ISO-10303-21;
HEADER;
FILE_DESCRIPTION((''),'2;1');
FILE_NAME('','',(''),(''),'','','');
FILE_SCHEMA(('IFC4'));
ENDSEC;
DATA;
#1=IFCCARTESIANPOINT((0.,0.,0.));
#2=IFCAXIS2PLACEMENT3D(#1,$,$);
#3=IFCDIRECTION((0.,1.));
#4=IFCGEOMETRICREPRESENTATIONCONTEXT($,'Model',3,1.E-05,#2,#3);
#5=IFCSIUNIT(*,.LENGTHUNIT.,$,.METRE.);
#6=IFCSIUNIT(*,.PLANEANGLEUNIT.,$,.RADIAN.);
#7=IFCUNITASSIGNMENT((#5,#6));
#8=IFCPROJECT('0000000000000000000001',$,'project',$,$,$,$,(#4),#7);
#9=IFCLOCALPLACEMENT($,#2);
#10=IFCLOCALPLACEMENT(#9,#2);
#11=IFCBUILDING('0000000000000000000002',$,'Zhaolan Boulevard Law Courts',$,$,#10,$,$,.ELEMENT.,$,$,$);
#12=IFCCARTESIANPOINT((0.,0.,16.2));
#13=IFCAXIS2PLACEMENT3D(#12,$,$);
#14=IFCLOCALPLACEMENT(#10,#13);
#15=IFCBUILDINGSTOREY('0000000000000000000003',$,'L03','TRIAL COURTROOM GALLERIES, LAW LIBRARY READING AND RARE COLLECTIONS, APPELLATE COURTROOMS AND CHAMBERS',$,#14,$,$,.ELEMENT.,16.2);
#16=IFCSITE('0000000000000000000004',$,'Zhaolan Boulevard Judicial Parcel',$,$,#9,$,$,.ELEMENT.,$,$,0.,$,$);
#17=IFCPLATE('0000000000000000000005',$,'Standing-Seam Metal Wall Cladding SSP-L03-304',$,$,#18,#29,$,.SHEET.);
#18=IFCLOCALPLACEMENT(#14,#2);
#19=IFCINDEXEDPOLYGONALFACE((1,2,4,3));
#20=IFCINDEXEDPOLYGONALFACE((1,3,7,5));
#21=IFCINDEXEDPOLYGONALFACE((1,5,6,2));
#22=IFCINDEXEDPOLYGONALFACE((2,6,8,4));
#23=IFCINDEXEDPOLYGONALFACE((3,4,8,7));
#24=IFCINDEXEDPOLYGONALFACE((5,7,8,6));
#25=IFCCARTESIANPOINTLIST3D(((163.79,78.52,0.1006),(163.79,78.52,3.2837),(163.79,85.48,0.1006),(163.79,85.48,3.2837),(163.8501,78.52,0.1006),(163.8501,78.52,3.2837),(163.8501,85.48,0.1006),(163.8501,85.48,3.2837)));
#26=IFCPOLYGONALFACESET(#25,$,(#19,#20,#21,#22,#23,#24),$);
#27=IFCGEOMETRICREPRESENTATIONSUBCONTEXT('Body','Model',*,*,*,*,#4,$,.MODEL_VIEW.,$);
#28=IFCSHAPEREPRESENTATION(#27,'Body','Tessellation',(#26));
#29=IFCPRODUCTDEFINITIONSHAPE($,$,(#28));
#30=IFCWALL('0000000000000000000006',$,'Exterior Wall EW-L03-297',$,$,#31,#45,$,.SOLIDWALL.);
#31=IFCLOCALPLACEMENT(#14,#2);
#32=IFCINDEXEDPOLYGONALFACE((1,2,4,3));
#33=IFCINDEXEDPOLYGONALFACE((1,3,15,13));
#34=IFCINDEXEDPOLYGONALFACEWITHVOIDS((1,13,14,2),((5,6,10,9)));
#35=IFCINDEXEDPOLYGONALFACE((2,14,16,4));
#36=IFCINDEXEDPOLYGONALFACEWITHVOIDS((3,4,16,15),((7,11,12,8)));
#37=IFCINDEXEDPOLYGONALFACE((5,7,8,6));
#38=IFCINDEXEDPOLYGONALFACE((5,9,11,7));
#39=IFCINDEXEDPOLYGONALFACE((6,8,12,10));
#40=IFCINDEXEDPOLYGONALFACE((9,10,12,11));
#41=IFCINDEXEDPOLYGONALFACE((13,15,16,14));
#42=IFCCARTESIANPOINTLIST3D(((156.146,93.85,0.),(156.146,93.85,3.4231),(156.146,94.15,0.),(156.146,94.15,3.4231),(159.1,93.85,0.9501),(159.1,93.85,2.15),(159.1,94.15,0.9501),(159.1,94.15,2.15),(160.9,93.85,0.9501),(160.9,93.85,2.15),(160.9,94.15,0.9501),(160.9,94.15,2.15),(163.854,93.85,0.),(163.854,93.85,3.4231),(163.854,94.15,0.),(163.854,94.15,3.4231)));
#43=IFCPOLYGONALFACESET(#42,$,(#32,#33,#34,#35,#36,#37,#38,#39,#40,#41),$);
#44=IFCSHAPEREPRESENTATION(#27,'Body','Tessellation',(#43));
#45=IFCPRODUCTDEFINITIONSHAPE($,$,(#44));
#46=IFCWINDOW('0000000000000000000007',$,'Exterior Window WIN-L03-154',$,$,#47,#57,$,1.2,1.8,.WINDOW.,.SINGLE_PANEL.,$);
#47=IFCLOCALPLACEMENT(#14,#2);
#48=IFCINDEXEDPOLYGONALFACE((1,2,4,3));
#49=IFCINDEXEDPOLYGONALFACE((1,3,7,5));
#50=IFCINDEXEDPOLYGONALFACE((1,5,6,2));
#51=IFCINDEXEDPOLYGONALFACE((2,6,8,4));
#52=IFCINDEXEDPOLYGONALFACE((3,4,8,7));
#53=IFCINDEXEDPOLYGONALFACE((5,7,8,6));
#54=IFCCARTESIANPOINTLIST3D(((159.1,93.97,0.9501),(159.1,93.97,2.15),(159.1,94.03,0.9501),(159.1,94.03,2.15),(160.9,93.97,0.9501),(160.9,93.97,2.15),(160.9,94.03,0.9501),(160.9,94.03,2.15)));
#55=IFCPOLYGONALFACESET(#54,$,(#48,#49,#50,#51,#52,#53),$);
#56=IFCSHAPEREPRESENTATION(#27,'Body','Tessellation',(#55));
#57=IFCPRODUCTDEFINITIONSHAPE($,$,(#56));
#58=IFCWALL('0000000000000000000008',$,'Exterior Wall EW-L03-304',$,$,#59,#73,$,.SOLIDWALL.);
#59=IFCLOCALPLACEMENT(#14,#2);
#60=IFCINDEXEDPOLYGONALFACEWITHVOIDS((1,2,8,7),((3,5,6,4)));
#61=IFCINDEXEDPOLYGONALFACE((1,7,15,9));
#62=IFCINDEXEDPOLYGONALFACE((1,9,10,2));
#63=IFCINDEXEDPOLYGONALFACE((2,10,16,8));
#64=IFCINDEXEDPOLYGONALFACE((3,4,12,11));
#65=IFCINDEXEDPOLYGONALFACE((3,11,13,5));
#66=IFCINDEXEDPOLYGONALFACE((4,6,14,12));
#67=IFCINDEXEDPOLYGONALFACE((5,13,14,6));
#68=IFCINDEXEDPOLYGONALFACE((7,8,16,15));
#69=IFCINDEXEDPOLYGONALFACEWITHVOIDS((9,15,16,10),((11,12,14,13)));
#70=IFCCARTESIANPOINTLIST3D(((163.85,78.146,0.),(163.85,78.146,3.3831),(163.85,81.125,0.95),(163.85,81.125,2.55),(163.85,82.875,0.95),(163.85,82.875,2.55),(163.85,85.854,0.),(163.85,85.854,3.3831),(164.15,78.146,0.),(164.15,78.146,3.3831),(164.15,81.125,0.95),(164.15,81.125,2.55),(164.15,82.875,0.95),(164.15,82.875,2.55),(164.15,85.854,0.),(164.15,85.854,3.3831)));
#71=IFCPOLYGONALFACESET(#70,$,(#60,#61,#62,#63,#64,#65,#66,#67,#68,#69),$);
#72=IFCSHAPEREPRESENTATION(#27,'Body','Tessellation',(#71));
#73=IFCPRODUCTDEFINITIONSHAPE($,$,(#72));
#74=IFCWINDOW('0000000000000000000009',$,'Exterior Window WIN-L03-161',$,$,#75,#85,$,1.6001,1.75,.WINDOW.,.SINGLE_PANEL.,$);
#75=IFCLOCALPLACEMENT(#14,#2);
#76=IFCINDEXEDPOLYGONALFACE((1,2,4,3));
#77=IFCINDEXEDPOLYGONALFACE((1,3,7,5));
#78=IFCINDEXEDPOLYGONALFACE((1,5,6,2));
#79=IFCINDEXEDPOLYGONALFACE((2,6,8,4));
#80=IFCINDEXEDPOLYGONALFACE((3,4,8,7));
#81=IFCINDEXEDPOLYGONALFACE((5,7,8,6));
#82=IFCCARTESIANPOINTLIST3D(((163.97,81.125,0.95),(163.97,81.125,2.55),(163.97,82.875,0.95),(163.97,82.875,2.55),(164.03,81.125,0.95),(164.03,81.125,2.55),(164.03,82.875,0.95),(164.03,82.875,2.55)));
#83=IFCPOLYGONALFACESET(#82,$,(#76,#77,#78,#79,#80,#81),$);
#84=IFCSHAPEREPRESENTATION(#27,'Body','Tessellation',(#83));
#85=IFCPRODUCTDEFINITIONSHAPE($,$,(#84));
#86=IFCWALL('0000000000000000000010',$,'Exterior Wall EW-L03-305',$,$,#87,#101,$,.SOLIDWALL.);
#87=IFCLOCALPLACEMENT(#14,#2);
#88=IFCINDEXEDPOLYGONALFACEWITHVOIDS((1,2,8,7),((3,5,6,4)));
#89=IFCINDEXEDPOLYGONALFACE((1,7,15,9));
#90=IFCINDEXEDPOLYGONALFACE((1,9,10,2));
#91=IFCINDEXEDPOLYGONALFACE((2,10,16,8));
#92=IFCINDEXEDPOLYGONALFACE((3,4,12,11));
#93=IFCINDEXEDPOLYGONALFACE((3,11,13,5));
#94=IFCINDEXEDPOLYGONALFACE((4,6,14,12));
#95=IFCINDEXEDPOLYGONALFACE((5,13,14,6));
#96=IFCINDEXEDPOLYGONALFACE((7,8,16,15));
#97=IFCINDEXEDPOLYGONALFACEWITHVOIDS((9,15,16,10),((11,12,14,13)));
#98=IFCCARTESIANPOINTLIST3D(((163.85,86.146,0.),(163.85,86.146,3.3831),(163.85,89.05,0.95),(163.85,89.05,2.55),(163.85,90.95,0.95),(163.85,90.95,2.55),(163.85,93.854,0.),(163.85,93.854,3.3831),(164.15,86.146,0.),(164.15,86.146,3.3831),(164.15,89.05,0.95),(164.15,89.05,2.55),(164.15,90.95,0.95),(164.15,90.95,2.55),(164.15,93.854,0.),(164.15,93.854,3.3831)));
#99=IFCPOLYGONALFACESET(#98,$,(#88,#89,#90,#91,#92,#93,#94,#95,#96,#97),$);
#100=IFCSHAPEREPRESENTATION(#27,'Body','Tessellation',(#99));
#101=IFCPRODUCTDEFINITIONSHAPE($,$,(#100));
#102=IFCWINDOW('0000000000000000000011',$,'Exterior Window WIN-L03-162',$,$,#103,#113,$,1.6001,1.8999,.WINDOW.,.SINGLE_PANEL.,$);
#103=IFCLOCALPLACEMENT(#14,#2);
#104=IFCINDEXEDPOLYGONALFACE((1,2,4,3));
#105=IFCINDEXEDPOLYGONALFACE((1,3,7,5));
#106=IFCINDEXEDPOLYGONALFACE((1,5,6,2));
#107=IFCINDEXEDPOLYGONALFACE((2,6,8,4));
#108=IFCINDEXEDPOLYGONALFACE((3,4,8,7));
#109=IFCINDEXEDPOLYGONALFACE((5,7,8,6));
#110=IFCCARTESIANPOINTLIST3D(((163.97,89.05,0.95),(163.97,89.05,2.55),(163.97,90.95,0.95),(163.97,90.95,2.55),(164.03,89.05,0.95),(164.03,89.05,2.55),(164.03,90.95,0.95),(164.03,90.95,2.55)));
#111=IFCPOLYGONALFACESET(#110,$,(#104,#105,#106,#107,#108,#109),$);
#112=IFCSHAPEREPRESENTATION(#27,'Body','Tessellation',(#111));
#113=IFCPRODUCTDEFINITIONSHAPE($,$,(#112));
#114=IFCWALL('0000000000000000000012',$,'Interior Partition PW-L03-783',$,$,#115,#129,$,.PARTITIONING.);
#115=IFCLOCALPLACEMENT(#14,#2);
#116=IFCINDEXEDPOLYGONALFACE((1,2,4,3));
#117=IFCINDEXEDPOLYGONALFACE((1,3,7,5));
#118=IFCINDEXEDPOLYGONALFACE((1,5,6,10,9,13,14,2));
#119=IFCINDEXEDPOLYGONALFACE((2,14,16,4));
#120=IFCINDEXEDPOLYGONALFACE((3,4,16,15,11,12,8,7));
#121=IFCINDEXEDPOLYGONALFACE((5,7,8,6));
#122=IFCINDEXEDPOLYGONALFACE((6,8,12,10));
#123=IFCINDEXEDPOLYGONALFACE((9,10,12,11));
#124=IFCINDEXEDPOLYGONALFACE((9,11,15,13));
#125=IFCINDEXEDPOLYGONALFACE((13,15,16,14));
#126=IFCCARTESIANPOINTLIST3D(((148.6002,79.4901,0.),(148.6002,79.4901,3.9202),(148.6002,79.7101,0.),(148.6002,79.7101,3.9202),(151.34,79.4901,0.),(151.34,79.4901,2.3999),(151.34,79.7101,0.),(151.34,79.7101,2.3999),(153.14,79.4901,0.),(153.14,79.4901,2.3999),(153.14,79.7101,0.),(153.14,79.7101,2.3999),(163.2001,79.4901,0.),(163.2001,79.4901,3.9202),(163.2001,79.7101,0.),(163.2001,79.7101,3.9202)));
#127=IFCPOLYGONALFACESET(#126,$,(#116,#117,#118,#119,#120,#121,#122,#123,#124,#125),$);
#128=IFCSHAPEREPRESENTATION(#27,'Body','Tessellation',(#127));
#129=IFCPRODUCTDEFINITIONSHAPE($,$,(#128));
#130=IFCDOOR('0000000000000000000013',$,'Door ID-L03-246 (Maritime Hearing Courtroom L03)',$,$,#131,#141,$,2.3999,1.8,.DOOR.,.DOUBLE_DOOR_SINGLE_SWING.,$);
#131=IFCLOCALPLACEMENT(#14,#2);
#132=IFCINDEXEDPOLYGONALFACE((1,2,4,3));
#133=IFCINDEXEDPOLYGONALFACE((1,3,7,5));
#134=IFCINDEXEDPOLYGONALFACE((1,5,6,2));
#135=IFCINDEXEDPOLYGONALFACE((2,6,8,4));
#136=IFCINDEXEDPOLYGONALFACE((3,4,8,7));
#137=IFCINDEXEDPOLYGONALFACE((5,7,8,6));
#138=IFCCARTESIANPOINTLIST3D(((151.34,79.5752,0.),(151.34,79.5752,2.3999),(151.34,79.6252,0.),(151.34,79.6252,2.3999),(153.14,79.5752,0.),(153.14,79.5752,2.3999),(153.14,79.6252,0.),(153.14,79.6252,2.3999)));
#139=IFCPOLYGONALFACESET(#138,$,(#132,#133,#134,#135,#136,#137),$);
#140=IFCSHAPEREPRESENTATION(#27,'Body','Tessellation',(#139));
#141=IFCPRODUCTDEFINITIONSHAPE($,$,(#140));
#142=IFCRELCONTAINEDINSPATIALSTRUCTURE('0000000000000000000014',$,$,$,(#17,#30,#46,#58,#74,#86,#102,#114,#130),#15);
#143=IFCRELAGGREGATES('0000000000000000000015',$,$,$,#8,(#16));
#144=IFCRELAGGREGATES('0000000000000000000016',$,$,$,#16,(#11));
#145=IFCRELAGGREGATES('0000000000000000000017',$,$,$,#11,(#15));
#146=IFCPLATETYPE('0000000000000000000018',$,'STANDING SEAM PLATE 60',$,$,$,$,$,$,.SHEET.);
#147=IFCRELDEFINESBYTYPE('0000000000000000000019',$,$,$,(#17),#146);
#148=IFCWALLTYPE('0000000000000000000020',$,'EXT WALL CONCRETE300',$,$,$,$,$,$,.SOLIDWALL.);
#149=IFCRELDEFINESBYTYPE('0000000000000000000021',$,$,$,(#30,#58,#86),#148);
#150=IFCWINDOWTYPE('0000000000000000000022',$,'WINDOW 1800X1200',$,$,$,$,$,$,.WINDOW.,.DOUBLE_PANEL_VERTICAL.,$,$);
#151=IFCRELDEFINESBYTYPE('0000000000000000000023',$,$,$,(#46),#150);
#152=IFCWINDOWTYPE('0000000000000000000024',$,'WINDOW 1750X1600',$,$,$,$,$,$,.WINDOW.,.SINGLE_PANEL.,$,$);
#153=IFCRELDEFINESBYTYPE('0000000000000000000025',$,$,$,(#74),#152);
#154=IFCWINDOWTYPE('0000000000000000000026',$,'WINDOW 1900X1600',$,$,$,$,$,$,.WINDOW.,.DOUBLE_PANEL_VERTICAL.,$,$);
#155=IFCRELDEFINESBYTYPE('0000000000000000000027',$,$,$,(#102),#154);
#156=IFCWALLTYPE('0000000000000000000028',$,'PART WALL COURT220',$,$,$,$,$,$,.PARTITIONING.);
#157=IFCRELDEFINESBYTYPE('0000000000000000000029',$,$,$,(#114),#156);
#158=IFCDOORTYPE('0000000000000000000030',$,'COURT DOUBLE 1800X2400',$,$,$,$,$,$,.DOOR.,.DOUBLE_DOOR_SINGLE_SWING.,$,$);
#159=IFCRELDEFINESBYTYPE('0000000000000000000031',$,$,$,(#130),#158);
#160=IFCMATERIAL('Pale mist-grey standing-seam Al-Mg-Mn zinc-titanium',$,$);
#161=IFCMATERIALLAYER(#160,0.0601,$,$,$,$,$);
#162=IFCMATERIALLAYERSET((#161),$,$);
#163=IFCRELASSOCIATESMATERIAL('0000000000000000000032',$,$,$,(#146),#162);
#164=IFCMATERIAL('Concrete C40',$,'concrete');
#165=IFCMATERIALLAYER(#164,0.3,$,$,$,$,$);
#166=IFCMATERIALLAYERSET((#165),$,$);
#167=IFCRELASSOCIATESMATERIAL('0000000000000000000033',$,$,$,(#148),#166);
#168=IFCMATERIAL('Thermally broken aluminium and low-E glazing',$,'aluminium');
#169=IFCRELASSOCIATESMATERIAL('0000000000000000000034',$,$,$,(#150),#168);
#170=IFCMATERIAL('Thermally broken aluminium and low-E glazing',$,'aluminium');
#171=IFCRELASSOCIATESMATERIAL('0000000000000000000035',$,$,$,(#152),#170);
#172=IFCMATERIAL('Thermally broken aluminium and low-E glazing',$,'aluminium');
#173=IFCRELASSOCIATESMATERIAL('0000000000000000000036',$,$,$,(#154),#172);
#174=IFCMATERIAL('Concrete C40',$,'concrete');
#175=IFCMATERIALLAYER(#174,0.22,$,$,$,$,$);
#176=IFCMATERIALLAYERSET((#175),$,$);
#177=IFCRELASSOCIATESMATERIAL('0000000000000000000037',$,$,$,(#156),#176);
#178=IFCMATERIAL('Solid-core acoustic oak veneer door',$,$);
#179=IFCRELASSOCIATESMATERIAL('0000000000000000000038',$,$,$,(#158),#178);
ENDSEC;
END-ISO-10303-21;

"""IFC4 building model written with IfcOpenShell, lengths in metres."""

from ifc_helpers import new_model, si_unit, direction, frame, frame_2d, origin, origin_2d, place, context, subcontext, project, spatial, rectangle, extrude, material, layer, layer_set, type_object, element, fill, save


model = new_model("IFC4")

# Units and contexts
model_context = context("Model", 3, precision=1e-05, world=origin(), true_north=direction((0.0, 1.0)))
body_context = subcontext(model_context, "Body", "Model", "MODEL_VIEW")
ifc_project = project(units=[si_unit("LENGTHUNIT", "METRE"), si_unit("PLANEANGLEUNIT", "RADIAN")], contexts=[model_context])

# Site, building, storey
site_placement = place(None, origin())
site = spatial("IfcSite", under=ifc_project, at=site_placement, Name="Zhaolan Boulevard Judicial Parcel", CompositionType="ELEMENT", RefElevation=0.0)
building_placement = place(site_placement, origin())
building = spatial("IfcBuilding", under=site, at=building_placement, Name="Zhaolan Boulevard Law Courts", CompositionType="ELEMENT")
storey_placement = place(building_placement, frame((0.0, 0.0, 16.2)))
storey = spatial("IfcBuildingStorey", under=building, at=storey_placement, Name="L03", Description="TRIAL COURTROOM GALLERIES, LAW LIBRARY READING AND RARE COLLECTIONS, APPELLATE COURTROOMS AND CHAMBERS", CompositionType="ELEMENT", Elevation=16.2)

# Plate
ifc_material_1 = material(Name="Pale mist-grey standing-seam Al-Mg-Mn zinc-titanium")
ifc_layer_1 = layer(ifc_material_1, 0.0601)
ifc_layer_set_1 = layer_set([ifc_layer_1])
plate_type_1 = type_object("IfcPlateType", Name="STANDING SEAM PLATE 60", PredefinedType="SHEET", material=ifc_layer_set_1)
plate_placement = place(storey_placement, frame((163.8201, 82.0, 0.1006), z_axis=(0.0, 0.0, 1.0), x_axis=(0.0, 1.0, 0.0)))
element("IfcPlate", 1, at=plate_placement, inside=storey, type_object=plate_type_1, Name="Standing-Seam Metal Wall Cladding SSP-L03-304", PredefinedType="SHEET", context=body_context, shape_type="SweptSolid", body=[
    extrude(rectangle(XDim=6.96, YDim=0.0601, at=origin_2d()), origin(), (0.0, 0.0, 1.0), 3.1831),
])

# Walls, openings, windows
ifc_material_2 = material(Name="Concrete C40", Category="concrete")
ifc_layer_2 = layer(ifc_material_2, 0.3)
ifc_layer_set_2 = layer_set([ifc_layer_2])
wall_type_1 = type_object("IfcWallType", Name="EXT WALL CONCRETE300", PredefinedType="SOLIDWALL", material=ifc_layer_set_2)
wall_1_placement = place(storey_placement, frame((163.854, 94.0, 0.0), z_axis=(0.0, 0.0, 1.0), x_axis=(-1.0, 0.0, 0.0)))
wall_1 = element("IfcWall", 2, at=wall_1_placement, inside=storey, type_object=wall_type_1, Name="Exterior Wall EW-L03-297", PredefinedType="SOLIDWALL", context=body_context, shape_type="SweptSolid", body=[
    extrude(rectangle(XDim=7.708, YDim=0.3, at=frame_2d((3.854, 0.0))), origin(), (0.0, 0.0, 1.0), 3.4231),
])
opening_1_placement = place(wall_1_placement, frame((2.9541, 0.0, 0.95)))
opening_1 = element("IfcOpeningElement", 3, at=opening_1_placement, cuts=wall_1, PredefinedType="OPENING", context=body_context, shape_type="SweptSolid", body=[
    extrude(rectangle(XDim=1.8, YDim=1.2, at=frame_2d((0.8999, 0.6001))), frame((0.0, 0.1599, 0.0), z_axis=(0.0, -1.0, 0.0), x_axis=(1.0, 0.0, 0.0)), (0.0, 0.0, 1.0), 0.3201),
])
ifc_material_3 = material(Name="Thermally broken aluminium and low-E glazing", Category="aluminium")
window_type_1 = type_object("IfcWindowType", Name="WINDOW 1800X1200", PartitioningType="DOUBLE_PANEL_VERTICAL", PredefinedType="WINDOW", material=ifc_material_3)
window_1_placement = place(opening_1_placement, origin())
window_1 = element("IfcWindow", 4, at=window_1_placement, inside=storey, type_object=window_type_1, Name="Exterior Window WIN-L03-154", OverallHeight=1.2, OverallWidth=1.8, PartitioningType="SINGLE_PANEL", PredefinedType="WINDOW", context=body_context, shape_type="SweptSolid", body=[
    extrude(rectangle(XDim=1.8, YDim=1.2, at=frame_2d((0.8999, 0.6001))), frame((0.0, 0.03, 0.0), z_axis=(0.0, -1.0, 0.0), x_axis=(1.0, 0.0, 0.0)), (0.0, 0.0, 1.0), 0.0601),
])
fill(opening_1, window_1)
wall_2_placement = place(storey_placement, frame((164.0, 78.146, 0.0), z_axis=(0.0, 0.0, 1.0), x_axis=(0.0, 1.0, 0.0)))
wall_2 = element("IfcWall", 5, at=wall_2_placement, inside=storey, type_object=wall_type_1, Name="Exterior Wall EW-L03-304", PredefinedType="SOLIDWALL", context=body_context, shape_type="SweptSolid", body=[
    extrude(rectangle(XDim=7.708, YDim=0.3, at=frame_2d((3.854, 0.0))), origin(), (0.0, 0.0, 1.0), 3.3831),
])
opening_2_placement = place(wall_2_placement, frame((2.979, 0.0, 0.95)))
opening_2 = element("IfcOpeningElement", 6, at=opening_2_placement, cuts=wall_2, PredefinedType="OPENING", context=body_context, shape_type="SweptSolid", body=[
    extrude(rectangle(XDim=1.75, YDim=1.6001, at=frame_2d((0.875, 0.8))), frame((0.0, 0.1599, 0.0), z_axis=(0.0, -1.0, 0.0), x_axis=(1.0, 0.0, 0.0)), (0.0, 0.0, 1.0), 0.3201),
])
ifc_material_4 = material(Name="Thermally broken aluminium and low-E glazing", Category="aluminium")
window_type_2 = type_object("IfcWindowType", Name="WINDOW 1750X1600", PartitioningType="SINGLE_PANEL", PredefinedType="WINDOW", material=ifc_material_4)
window_2_placement = place(opening_2_placement, origin())
window_2 = element("IfcWindow", 7, at=window_2_placement, inside=storey, type_object=window_type_2, Name="Exterior Window WIN-L03-161", OverallHeight=1.6001, OverallWidth=1.75, PartitioningType="SINGLE_PANEL", PredefinedType="WINDOW", context=body_context, shape_type="SweptSolid", body=[
    extrude(rectangle(XDim=1.75, YDim=1.6001, at=frame_2d((0.875, 0.8))), frame((0.0, 0.03, 0.0), z_axis=(0.0, -1.0, 0.0), x_axis=(1.0, 0.0, 0.0)), (0.0, 0.0, 1.0), 0.0601),
])
fill(opening_2, window_2)
wall_3_placement = place(storey_placement, frame((164.0, 86.146, 0.0), z_axis=(0.0, 0.0, 1.0), x_axis=(0.0, 1.0, 0.0)))
wall_3 = element("IfcWall", 8, at=wall_3_placement, inside=storey, type_object=wall_type_1, Name="Exterior Wall EW-L03-305", PredefinedType="SOLIDWALL", context=body_context, shape_type="SweptSolid", body=[
    extrude(rectangle(XDim=7.708, YDim=0.3, at=frame_2d((3.854, 0.0))), origin(), (0.0, 0.0, 1.0), 3.3831),
])
opening_3_placement = place(wall_3_placement, frame((2.9041, 0.0, 0.95)))
opening_3 = element("IfcOpeningElement", 9, at=opening_3_placement, cuts=wall_3, PredefinedType="OPENING", context=body_context, shape_type="SweptSolid", body=[
    extrude(rectangle(XDim=1.8999, YDim=1.6001, at=frame_2d((0.95, 0.8))), frame((0.0, 0.1599, 0.0), z_axis=(0.0, -1.0, 0.0), x_axis=(1.0, 0.0, 0.0)), (0.0, 0.0, 1.0), 0.3201),
])
ifc_material_5 = material(Name="Thermally broken aluminium and low-E glazing", Category="aluminium")
window_type_3 = type_object("IfcWindowType", Name="WINDOW 1900X1600", PartitioningType="DOUBLE_PANEL_VERTICAL", PredefinedType="WINDOW", material=ifc_material_5)
window_3_placement = place(opening_3_placement, origin())
window_3 = element("IfcWindow", 10, at=window_3_placement, inside=storey, type_object=window_type_3, Name="Exterior Window WIN-L03-162", OverallHeight=1.6001, OverallWidth=1.8999, PartitioningType="SINGLE_PANEL", PredefinedType="WINDOW", context=body_context, shape_type="SweptSolid", body=[
    extrude(rectangle(XDim=1.8999, YDim=1.6001, at=frame_2d((0.95, 0.8))), frame((0.0, 0.03, 0.0), z_axis=(0.0, -1.0, 0.0), x_axis=(1.0, 0.0, 0.0)), (0.0, 0.0, 1.0), 0.0601),
])
fill(opening_3, window_3)

# Wall, opening, door
ifc_material_6 = material(Name="Concrete C40", Category="concrete")
ifc_layer_3 = layer(ifc_material_6, 0.22)
ifc_layer_set_3 = layer_set([ifc_layer_3])
wall_type_2 = type_object("IfcWallType", Name="PART WALL COURT220", PredefinedType="PARTITIONING", material=ifc_layer_set_3)
wall_4_placement = place(storey_placement, frame((163.2, 79.6001, 0.0), z_axis=(0.0, 0.0, 1.0), x_axis=(-1.0, 0.0, 0.0)))
wall_4 = element("IfcWall", 11, at=wall_4_placement, inside=storey, type_object=wall_type_2, Name="Interior Partition PW-L03-783", PredefinedType="PARTITIONING", context=body_context, shape_type="SweptSolid", body=[
    extrude(rectangle(XDim=14.5999, YDim=0.22, at=frame_2d((7.2998, 0.0))), origin(), (0.0, 0.0, 1.0), 3.9202),
])
opening_4_placement = place(wall_4_placement, frame((10.0601, 0.0, 0.0)))
opening_4 = element("IfcOpeningElement", 12, at=opening_4_placement, cuts=wall_4, PredefinedType="OPENING", context=body_context, shape_type="SweptSolid", body=[
    extrude(rectangle(XDim=1.8, YDim=2.3999, at=frame_2d((0.8999, 1.2))), frame((0.0, 0.1199, 0.0), z_axis=(0.0, -1.0, 0.0), x_axis=(1.0, 0.0, 0.0)), (0.0, 0.0, 1.0), 0.24),
])
ifc_material_7 = material(Name="Solid-core acoustic oak veneer door")
door_type = type_object("IfcDoorType", Name="COURT DOUBLE 1800X2400", OperationType="DOUBLE_DOOR_SINGLE_SWING", PredefinedType="DOOR", material=ifc_material_7)
door_placement = place(opening_4_placement, origin())
door = element("IfcDoor", 13, at=door_placement, inside=storey, type_object=door_type, Name="Door ID-L03-246 (Maritime Hearing Courtroom L03)", OperationType="DOUBLE_DOOR_SINGLE_SWING", OverallHeight=2.3999, OverallWidth=1.8, PredefinedType="DOOR", context=body_context, shape_type="SweptSolid", body=[
    extrude(rectangle(XDim=1.8, YDim=2.3999, at=frame_2d((0.8999, 1.2))), frame((0.0, 0.0249, 0.0), z_axis=(0.0, -1.0, 0.0), x_axis=(1.0, 0.0, 0.0)), (0.0, 0.0, 1.0), 0.05),
])
fill(opening_4, door)

save(model, "model.ifc")
